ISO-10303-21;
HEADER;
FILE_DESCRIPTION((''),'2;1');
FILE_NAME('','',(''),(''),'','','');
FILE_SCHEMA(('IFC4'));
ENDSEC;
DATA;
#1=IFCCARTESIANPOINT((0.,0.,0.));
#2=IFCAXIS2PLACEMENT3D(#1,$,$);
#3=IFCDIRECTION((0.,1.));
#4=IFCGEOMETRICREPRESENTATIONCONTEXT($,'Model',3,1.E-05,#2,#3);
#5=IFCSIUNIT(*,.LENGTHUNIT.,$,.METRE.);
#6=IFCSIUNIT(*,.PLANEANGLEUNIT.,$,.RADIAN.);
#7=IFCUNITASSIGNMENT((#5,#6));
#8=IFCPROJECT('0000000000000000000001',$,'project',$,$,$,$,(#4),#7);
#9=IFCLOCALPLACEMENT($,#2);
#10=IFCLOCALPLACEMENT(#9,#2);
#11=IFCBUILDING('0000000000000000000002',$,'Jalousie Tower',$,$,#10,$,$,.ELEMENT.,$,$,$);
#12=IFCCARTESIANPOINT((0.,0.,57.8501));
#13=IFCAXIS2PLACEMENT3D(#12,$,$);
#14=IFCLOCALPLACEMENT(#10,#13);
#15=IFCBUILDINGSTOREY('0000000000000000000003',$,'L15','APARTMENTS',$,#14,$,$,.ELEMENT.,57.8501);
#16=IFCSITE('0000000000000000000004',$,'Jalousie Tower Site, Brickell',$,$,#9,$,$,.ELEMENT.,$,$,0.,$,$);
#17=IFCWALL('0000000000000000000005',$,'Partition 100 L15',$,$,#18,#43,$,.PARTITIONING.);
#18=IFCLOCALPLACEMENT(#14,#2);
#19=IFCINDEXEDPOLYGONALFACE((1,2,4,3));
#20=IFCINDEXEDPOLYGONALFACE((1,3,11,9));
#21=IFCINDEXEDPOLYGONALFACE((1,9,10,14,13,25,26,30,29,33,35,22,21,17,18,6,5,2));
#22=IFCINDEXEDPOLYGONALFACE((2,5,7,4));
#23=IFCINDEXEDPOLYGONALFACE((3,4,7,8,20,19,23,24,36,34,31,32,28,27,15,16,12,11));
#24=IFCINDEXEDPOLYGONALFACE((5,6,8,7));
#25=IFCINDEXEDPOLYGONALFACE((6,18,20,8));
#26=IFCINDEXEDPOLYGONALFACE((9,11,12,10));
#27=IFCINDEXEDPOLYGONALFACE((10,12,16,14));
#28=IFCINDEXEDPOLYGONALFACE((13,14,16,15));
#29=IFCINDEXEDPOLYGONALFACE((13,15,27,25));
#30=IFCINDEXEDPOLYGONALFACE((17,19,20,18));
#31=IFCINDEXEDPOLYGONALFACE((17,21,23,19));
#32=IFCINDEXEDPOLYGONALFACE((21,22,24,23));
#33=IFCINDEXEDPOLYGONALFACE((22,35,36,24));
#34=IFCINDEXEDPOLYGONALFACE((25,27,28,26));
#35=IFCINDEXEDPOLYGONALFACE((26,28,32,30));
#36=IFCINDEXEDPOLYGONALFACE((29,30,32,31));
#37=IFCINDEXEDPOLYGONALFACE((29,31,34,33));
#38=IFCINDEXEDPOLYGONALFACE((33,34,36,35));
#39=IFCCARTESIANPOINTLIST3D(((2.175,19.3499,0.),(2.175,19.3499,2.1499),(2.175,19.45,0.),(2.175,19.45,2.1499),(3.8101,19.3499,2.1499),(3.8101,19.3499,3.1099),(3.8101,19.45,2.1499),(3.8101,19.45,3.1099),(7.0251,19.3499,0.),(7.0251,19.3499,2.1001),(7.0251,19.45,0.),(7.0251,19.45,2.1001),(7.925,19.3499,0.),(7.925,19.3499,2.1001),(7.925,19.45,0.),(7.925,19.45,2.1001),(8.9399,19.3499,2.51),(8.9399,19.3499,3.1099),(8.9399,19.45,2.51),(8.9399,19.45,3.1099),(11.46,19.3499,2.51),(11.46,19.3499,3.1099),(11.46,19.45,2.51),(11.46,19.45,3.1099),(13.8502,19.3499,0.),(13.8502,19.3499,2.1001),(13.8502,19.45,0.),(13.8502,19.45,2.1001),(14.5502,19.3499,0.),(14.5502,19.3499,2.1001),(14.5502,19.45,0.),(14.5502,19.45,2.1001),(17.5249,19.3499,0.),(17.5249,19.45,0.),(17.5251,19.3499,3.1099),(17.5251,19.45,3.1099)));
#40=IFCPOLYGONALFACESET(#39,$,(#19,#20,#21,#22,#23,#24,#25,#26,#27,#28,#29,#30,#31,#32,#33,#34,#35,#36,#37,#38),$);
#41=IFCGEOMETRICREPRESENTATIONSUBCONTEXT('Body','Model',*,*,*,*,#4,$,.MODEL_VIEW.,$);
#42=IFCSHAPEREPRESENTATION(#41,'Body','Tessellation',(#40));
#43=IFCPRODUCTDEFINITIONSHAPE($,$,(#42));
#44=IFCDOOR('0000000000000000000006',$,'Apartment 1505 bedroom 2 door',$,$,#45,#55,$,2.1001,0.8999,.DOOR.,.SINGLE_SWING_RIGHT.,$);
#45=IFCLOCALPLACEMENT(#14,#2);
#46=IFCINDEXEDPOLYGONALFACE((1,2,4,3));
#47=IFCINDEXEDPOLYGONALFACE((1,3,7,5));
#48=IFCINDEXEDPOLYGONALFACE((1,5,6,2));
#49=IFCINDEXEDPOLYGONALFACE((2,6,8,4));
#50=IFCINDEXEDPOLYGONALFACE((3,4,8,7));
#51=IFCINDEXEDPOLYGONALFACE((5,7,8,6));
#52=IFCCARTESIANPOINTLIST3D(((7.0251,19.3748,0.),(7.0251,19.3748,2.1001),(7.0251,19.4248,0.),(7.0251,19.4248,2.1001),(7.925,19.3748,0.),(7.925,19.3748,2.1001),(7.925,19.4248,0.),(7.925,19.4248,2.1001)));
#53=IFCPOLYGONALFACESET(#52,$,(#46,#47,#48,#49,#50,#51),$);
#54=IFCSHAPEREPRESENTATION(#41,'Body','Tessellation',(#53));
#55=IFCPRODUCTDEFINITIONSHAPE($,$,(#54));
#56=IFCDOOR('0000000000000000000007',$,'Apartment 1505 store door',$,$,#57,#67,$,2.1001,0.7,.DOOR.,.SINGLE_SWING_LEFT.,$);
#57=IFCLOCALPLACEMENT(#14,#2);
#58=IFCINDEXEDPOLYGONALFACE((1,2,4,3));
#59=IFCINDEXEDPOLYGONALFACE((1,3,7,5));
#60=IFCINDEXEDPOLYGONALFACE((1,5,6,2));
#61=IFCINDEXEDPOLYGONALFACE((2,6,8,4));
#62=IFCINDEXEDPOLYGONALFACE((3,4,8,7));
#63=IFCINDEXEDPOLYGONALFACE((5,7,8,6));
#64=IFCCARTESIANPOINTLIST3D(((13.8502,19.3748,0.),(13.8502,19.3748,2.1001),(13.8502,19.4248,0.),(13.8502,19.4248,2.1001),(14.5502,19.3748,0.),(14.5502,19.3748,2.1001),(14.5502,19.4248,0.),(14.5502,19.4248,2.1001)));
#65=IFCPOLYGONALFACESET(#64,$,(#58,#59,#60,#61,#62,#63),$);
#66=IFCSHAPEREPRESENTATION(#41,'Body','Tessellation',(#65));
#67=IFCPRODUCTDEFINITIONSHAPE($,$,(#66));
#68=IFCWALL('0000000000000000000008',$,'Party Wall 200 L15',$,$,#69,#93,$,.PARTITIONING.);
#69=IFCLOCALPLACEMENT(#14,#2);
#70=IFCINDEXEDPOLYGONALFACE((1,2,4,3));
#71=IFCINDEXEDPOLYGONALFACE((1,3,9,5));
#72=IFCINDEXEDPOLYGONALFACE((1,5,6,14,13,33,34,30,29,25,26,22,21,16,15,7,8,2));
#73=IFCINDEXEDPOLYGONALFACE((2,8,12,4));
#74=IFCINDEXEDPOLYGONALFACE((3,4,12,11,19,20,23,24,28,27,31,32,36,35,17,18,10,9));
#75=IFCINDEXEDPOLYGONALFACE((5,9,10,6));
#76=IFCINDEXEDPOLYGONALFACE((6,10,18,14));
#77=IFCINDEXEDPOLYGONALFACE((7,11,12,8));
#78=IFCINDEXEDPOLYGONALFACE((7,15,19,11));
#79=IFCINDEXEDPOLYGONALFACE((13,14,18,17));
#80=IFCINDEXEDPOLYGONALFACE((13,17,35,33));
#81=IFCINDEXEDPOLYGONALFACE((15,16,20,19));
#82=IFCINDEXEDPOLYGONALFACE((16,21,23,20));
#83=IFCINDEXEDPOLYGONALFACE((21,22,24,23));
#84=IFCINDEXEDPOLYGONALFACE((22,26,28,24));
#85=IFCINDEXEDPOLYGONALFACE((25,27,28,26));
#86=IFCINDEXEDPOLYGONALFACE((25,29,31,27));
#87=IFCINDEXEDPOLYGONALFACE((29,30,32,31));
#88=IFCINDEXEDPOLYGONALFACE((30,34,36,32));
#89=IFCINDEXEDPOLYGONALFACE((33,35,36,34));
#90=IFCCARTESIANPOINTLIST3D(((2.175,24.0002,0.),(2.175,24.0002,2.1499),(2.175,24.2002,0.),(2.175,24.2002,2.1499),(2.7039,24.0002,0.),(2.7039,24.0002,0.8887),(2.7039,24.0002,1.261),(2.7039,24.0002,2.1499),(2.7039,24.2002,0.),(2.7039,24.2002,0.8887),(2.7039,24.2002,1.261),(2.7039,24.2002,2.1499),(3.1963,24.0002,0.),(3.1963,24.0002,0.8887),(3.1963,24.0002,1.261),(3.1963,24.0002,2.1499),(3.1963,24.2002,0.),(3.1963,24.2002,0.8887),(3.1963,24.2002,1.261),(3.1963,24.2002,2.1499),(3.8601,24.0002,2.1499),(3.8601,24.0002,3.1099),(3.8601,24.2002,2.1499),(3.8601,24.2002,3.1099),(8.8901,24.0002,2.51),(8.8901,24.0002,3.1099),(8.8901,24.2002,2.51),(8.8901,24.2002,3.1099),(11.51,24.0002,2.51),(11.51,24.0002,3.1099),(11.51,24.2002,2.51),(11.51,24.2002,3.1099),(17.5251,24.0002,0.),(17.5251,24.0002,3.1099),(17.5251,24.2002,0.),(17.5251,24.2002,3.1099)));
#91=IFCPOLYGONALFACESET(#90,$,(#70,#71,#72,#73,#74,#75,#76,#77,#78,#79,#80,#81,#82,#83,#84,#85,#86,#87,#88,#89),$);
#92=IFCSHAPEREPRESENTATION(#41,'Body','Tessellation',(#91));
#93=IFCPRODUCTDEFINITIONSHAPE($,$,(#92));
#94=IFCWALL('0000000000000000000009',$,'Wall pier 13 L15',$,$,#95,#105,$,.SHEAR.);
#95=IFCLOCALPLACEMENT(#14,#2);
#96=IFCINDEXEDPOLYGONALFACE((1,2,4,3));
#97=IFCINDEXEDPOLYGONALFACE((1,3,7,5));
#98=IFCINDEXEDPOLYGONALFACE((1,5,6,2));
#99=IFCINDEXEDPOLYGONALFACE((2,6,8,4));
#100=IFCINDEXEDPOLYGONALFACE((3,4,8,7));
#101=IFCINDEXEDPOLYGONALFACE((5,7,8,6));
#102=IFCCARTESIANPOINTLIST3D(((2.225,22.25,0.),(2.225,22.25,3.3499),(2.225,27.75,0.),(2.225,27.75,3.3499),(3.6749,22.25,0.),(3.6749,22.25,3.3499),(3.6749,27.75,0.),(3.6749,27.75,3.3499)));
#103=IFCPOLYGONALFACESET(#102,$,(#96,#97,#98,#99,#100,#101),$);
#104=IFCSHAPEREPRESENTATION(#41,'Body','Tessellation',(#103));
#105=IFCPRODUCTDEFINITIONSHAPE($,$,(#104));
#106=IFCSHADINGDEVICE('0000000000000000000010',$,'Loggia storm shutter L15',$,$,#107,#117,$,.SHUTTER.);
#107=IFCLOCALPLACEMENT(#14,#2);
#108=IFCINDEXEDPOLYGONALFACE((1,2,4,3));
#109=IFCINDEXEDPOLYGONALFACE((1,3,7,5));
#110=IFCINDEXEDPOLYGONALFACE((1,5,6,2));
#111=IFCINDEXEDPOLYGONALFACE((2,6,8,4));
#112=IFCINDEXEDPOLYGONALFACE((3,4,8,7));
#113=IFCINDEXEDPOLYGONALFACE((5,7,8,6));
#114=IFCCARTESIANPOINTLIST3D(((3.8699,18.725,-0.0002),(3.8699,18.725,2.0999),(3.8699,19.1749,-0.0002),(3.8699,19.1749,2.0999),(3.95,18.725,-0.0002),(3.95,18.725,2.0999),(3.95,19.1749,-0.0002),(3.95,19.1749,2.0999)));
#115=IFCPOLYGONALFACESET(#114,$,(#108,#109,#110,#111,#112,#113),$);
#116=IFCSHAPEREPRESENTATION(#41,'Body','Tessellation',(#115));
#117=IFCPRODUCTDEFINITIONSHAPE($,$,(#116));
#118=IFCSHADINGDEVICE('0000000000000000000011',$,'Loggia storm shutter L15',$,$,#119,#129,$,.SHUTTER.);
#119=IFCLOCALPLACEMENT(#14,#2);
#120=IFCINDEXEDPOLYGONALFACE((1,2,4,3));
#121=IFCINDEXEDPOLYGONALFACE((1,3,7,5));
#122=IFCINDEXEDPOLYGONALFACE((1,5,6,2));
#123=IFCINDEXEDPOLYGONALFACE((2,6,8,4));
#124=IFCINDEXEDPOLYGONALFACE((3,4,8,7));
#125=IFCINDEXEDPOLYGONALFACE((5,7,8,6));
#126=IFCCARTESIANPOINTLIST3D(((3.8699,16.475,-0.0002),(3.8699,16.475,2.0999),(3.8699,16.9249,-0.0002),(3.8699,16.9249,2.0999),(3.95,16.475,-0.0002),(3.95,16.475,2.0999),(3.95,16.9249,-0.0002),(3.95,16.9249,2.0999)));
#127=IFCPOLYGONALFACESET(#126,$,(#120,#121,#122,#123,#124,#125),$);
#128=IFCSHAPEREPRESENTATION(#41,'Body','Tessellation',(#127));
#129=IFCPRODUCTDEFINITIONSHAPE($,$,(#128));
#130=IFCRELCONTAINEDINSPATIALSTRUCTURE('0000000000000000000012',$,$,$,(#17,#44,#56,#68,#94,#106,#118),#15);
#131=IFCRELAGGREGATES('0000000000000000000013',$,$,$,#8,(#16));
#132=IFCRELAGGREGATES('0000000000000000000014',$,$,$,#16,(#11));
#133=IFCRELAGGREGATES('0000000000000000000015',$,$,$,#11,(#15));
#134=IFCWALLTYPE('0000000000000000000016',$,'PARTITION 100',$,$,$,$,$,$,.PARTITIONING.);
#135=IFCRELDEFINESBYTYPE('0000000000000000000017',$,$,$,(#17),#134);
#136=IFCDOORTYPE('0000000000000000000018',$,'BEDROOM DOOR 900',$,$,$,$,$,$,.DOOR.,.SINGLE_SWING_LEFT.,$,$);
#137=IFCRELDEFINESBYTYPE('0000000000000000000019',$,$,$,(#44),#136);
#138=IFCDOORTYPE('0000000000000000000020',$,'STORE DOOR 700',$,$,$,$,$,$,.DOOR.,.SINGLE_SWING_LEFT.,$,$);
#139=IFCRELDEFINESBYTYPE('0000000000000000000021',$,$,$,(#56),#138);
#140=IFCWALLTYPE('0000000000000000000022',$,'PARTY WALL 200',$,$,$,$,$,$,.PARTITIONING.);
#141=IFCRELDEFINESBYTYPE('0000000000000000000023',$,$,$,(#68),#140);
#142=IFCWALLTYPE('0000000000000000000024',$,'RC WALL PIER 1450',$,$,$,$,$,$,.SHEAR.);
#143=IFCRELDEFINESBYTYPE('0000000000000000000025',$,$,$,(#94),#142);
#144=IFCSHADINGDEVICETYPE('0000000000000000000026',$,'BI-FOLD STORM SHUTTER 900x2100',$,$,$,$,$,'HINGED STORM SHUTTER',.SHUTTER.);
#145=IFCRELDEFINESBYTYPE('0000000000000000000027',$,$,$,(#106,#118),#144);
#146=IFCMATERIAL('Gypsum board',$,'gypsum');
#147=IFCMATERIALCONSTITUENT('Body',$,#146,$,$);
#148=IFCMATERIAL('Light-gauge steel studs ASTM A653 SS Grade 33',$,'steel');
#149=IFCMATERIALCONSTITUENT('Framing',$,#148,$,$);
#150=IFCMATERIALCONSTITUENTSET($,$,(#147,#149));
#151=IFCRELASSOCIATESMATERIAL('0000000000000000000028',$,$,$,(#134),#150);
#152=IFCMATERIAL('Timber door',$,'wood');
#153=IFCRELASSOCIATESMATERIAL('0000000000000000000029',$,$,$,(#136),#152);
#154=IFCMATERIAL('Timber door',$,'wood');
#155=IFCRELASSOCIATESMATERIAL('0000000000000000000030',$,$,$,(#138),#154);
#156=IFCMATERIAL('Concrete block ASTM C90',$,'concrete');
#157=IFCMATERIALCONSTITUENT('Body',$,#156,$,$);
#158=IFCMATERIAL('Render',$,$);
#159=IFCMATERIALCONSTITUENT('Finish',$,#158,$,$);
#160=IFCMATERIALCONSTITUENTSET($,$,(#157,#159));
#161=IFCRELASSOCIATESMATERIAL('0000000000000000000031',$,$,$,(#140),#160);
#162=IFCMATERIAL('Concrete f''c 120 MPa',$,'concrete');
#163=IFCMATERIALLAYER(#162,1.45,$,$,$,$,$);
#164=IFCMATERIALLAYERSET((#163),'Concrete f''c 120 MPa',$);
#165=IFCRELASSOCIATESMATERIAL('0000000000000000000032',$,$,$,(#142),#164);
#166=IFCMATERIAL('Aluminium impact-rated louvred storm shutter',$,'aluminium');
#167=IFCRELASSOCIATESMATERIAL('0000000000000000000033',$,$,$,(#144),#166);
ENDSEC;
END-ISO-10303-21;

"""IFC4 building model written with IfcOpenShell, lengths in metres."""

from ifc_helpers import new_model, si_unit, direction, frame, frame_2d, origin, origin_2d, place, context, subcontext, project, spatial, polyline, rectangle, outline, extrude, material, layer, layer_set, constituent, constituent_set, type_object, element, fill, save


model = new_model("IFC4")

# Units and contexts
model_context = context("Model", 3, precision=1e-05, world=origin(), true_north=direction((0.0, 1.0)))
body_context = subcontext(model_context, "Body", "Model", "MODEL_VIEW")
ifc_project = project(units=[si_unit("LENGTHUNIT", "METRE"), si_unit("PLANEANGLEUNIT", "RADIAN")], contexts=[model_context])

# Site, building, storey
site_placement = place(None, origin())
site = spatial("IfcSite", under=ifc_project, at=site_placement, Name="Jalousie Tower Site, Brickell", CompositionType="ELEMENT", RefElevation=0.0)
building_placement = place(site_placement, origin())
building = spatial("IfcBuilding", under=site, at=building_placement, Name="Jalousie Tower", CompositionType="ELEMENT")
storey_placement = place(building_placement, frame((0.0, 0.0, 57.8501)))
storey = spatial("IfcBuildingStorey", under=building, at=storey_placement, Name="L15", Description="APARTMENTS", CompositionType="ELEMENT", Elevation=57.8501)

# Wall, openings, doors
ifc_material_1 = material(Name="Gypsum board", Category="gypsum")
ifc_constituent_1 = constituent(ifc_material_1, Name="Body")
ifc_material_2 = material(Name="Light-gauge steel studs ASTM A653 SS Grade 33", Category="steel")
ifc_constituent_2 = constituent(ifc_material_2, Name="Framing")
ifc_constituent_set_1 = constituent_set(constituents=[ifc_constituent_1, ifc_constituent_2])
wall_type_1 = type_object("IfcWallType", Name="PARTITION 100", PredefinedType="PARTITIONING", material=ifc_constituent_set_1)
wall_1_placement = place(storey_placement, frame((2.175, 19.3999, 0.0), z_axis=(0.0, 0.0, 1.0), x_axis=(1.0, 0.0, 0.0)))
wall_1 = element("IfcWall", 1, at=wall_1_placement, inside=storey, type_object=wall_type_1, Name="Partition 100 L15", PredefinedType="PARTITIONING", context=body_context, shape_type="SweptSolid", body=[
    extrude(outline(polyline([(0.0, 0.0), (15.3499, 0.0), (15.3501, 3.1099), (9.2849, 3.1099), (9.2849, 2.51), (6.7649, 2.51), (6.7649, 3.1099), (1.635, 3.1099), (1.635, 2.1499), (0.0, 2.1499), (0.0, 3.1099), (0.0, 0.0)])), frame((0.0, 0.05, 0.0), z_axis=(0.0, -1.0, 0.0), x_axis=(1.0, 0.0, 0.0)), (0.0, 0.0, 1.0), 0.1001),
])
opening_1_placement = place(wall_1_placement, frame((4.8501, 0.0, 0.0)))
opening_1 = element("IfcOpeningElement", 2, at=opening_1_placement, cuts=wall_1, PredefinedType="OPENING", context=body_context, shape_type="SweptSolid", body=[
    extrude(rectangle(XDim=0.8999, YDim=2.1001, at=frame_2d((0.45, 1.05))), frame((0.0, 0.0601, 0.0), z_axis=(0.0, -1.0, 0.0), x_axis=(1.0, 0.0, 0.0)), (0.0, 0.0, 1.0), 0.1201),
])
opening_2_placement = place(wall_1_placement, frame((11.675, 0.0, 0.0)))
opening_2 = element("IfcOpeningElement", 3, at=opening_2_placement, cuts=wall_1, PredefinedType="OPENING", context=body_context, shape_type="SweptSolid", body=[
    extrude(rectangle(XDim=0.7, YDim=2.1001, at=frame_2d((0.3501, 1.05))), frame((0.0, 0.0601, 0.0), z_axis=(0.0, -1.0, 0.0), x_axis=(1.0, 0.0, 0.0)), (0.0, 0.0, 1.0), 0.1201),
])
ifc_material_3 = material(Name="Timber door", Category="wood")
door_type_1 = type_object("IfcDoorType", Name="BEDROOM DOOR 900", OperationType="SINGLE_SWING_LEFT", PredefinedType="DOOR", material=ifc_material_3)
door_1_placement = place(opening_1_placement, origin())
door_1 = element("IfcDoor", 4, at=door_1_placement, inside=storey, type_object=door_type_1, Name="Apartment 1505 bedroom 2 door", OperationType="SINGLE_SWING_RIGHT", OverallHeight=2.1001, OverallWidth=0.8999, PredefinedType="DOOR", context=body_context, shape_type="SweptSolid", body=[
    extrude(rectangle(XDim=0.8999, YDim=2.1001, at=frame_2d((0.45, 1.05))), frame((0.0, 0.0249, 0.0), z_axis=(0.0, -1.0, 0.0), x_axis=(1.0, 0.0, 0.0)), (0.0, 0.0, 1.0), 0.05),
])
fill(opening_1, door_1)
ifc_material_4 = material(Name="Timber door", Category="wood")
door_type_2 = type_object("IfcDoorType", Name="STORE DOOR 700", OperationType="SINGLE_SWING_LEFT", PredefinedType="DOOR", material=ifc_material_4)
door_2_placement = place(opening_2_placement, origin())
door_2 = element("IfcDoor", 5, at=door_2_placement, inside=storey, type_object=door_type_2, Name="Apartment 1505 store door", OperationType="SINGLE_SWING_LEFT", OverallHeight=2.1001, OverallWidth=0.7, PredefinedType="DOOR", context=body_context, shape_type="SweptSolid", body=[
    extrude(rectangle(XDim=0.7, YDim=2.1001, at=frame_2d((0.3501, 1.05))), frame((0.0, 0.0249, 0.0), z_axis=(0.0, -1.0, 0.0), x_axis=(1.0, 0.0, 0.0)), (0.0, 0.0, 1.0), 0.05),
])
fill(opening_2, door_2)

# Walls
ifc_material_5 = material(Name="Concrete block ASTM C90", Category="concrete")
ifc_constituent_3 = constituent(ifc_material_5, Name="Body")
ifc_material_6 = material(Name="Render")
ifc_constituent_4 = constituent(ifc_material_6, Name="Finish")
ifc_constituent_set_2 = constituent_set(constituents=[ifc_constituent_3, ifc_constituent_4])
wall_type_2 = type_object("IfcWallType", Name="PARTY WALL 200", PredefinedType="PARTITIONING", material=ifc_constituent_set_2)
wall_2_placement = place(storey_placement, frame((2.175, 24.1001, 0.0), z_axis=(0.0, 0.0, 1.0), x_axis=(1.0, 0.0, 0.0)))
element("IfcWall", 6, at=wall_2_placement, inside=storey, type_object=wall_type_2, Name="Party Wall 200 L15", PredefinedType="PARTITIONING", context=body_context, shape_type="SweptSolid", body=[
    extrude(outline(polyline([(0.5288, 2.1499), (0.0, 2.1499), (0.0, 0.0), (0.5288, 0.0), (0.5288, 0.8887), (1.0212, 0.8887), (1.0212, 0.0), (15.3501, 0.0), (15.3501, 3.1099), (9.335, 3.1099), (9.335, 2.51), (6.7151, 2.51), (6.7151, 3.1099), (1.6851, 3.1099), (1.6851, 2.1499), (1.0212, 2.1499), (1.0212, 1.261), (0.5288, 1.261), (0.5288, 2.1499)])), frame((0.0, 0.1001, 0.0), z_axis=(0.0, -1.0, 0.0), x_axis=(1.0, 0.0, 0.0)), (0.0, 0.0, 1.0), 0.2),
])
ifc_material_7 = material(Name="Concrete f'c 120 MPa", Category="concrete")
ifc_layer_1 = layer(ifc_material_7, 1.45)
ifc_layer_set_1 = layer_set([ifc_layer_1], Name="Concrete f'c 120 MPa")
wall_type_3 = type_object("IfcWallType", Name="RC WALL PIER 1450", PredefinedType="SHEAR", material=ifc_layer_set_1)
wall_3_placement = place(storey_placement, frame((2.95, 22.25, 0.0), z_axis=(0.0, 0.0, 1.0), x_axis=(0.0, 1.0, 0.0)))
element("IfcWall", 7, at=wall_3_placement, inside=storey, type_object=wall_type_3, Name="Wall pier 13 L15", PredefinedType="SHEAR", context=body_context, shape_type="SweptSolid", body=[
    extrude(rectangle(XDim=5.5, YDim=1.45, at=frame_2d((2.75, 0.0))), origin(), (0.0, 0.0, 1.0), 3.3499),
])

# Shading devices
ifc_material_8 = material(Name="Aluminium impact-rated louvred storm shutter", Category="aluminium")
shading_device_type_1 = type_object("IfcShadingDeviceType", Name="BI-FOLD STORM SHUTTER 900x2100", ElementType="HINGED STORM SHUTTER", PredefinedType="SHUTTER", material=ifc_material_8)
for number, where, z_axis, x_axis, name in (
    (8, (3.9099, 18.95, -0.0002), (0.0, 0.0, 1.0), (0.0, -1.0, 0.0), "Loggia storm shutter L15"),
    (9, (3.9099, 16.7, -0.0002), (0.0, 0.0, 1.0), (0.0, -1.0, 0.0), "Loggia storm shutter L15"),
):
    element("IfcShadingDevice", number, at=place(storey_placement, frame(where, z_axis=z_axis, x_axis=x_axis)), inside=storey, type_object=shading_device_type_1, Name=name, PredefinedType="SHUTTER", context=body_context, shape_type="SweptSolid", body=[
        extrude(rectangle(XDim=0.45, YDim=0.0801, at=origin_2d()), origin(), (0.0, 0.0, 1.0), 2.1001),
    ])

save(model, "model.ifc")
